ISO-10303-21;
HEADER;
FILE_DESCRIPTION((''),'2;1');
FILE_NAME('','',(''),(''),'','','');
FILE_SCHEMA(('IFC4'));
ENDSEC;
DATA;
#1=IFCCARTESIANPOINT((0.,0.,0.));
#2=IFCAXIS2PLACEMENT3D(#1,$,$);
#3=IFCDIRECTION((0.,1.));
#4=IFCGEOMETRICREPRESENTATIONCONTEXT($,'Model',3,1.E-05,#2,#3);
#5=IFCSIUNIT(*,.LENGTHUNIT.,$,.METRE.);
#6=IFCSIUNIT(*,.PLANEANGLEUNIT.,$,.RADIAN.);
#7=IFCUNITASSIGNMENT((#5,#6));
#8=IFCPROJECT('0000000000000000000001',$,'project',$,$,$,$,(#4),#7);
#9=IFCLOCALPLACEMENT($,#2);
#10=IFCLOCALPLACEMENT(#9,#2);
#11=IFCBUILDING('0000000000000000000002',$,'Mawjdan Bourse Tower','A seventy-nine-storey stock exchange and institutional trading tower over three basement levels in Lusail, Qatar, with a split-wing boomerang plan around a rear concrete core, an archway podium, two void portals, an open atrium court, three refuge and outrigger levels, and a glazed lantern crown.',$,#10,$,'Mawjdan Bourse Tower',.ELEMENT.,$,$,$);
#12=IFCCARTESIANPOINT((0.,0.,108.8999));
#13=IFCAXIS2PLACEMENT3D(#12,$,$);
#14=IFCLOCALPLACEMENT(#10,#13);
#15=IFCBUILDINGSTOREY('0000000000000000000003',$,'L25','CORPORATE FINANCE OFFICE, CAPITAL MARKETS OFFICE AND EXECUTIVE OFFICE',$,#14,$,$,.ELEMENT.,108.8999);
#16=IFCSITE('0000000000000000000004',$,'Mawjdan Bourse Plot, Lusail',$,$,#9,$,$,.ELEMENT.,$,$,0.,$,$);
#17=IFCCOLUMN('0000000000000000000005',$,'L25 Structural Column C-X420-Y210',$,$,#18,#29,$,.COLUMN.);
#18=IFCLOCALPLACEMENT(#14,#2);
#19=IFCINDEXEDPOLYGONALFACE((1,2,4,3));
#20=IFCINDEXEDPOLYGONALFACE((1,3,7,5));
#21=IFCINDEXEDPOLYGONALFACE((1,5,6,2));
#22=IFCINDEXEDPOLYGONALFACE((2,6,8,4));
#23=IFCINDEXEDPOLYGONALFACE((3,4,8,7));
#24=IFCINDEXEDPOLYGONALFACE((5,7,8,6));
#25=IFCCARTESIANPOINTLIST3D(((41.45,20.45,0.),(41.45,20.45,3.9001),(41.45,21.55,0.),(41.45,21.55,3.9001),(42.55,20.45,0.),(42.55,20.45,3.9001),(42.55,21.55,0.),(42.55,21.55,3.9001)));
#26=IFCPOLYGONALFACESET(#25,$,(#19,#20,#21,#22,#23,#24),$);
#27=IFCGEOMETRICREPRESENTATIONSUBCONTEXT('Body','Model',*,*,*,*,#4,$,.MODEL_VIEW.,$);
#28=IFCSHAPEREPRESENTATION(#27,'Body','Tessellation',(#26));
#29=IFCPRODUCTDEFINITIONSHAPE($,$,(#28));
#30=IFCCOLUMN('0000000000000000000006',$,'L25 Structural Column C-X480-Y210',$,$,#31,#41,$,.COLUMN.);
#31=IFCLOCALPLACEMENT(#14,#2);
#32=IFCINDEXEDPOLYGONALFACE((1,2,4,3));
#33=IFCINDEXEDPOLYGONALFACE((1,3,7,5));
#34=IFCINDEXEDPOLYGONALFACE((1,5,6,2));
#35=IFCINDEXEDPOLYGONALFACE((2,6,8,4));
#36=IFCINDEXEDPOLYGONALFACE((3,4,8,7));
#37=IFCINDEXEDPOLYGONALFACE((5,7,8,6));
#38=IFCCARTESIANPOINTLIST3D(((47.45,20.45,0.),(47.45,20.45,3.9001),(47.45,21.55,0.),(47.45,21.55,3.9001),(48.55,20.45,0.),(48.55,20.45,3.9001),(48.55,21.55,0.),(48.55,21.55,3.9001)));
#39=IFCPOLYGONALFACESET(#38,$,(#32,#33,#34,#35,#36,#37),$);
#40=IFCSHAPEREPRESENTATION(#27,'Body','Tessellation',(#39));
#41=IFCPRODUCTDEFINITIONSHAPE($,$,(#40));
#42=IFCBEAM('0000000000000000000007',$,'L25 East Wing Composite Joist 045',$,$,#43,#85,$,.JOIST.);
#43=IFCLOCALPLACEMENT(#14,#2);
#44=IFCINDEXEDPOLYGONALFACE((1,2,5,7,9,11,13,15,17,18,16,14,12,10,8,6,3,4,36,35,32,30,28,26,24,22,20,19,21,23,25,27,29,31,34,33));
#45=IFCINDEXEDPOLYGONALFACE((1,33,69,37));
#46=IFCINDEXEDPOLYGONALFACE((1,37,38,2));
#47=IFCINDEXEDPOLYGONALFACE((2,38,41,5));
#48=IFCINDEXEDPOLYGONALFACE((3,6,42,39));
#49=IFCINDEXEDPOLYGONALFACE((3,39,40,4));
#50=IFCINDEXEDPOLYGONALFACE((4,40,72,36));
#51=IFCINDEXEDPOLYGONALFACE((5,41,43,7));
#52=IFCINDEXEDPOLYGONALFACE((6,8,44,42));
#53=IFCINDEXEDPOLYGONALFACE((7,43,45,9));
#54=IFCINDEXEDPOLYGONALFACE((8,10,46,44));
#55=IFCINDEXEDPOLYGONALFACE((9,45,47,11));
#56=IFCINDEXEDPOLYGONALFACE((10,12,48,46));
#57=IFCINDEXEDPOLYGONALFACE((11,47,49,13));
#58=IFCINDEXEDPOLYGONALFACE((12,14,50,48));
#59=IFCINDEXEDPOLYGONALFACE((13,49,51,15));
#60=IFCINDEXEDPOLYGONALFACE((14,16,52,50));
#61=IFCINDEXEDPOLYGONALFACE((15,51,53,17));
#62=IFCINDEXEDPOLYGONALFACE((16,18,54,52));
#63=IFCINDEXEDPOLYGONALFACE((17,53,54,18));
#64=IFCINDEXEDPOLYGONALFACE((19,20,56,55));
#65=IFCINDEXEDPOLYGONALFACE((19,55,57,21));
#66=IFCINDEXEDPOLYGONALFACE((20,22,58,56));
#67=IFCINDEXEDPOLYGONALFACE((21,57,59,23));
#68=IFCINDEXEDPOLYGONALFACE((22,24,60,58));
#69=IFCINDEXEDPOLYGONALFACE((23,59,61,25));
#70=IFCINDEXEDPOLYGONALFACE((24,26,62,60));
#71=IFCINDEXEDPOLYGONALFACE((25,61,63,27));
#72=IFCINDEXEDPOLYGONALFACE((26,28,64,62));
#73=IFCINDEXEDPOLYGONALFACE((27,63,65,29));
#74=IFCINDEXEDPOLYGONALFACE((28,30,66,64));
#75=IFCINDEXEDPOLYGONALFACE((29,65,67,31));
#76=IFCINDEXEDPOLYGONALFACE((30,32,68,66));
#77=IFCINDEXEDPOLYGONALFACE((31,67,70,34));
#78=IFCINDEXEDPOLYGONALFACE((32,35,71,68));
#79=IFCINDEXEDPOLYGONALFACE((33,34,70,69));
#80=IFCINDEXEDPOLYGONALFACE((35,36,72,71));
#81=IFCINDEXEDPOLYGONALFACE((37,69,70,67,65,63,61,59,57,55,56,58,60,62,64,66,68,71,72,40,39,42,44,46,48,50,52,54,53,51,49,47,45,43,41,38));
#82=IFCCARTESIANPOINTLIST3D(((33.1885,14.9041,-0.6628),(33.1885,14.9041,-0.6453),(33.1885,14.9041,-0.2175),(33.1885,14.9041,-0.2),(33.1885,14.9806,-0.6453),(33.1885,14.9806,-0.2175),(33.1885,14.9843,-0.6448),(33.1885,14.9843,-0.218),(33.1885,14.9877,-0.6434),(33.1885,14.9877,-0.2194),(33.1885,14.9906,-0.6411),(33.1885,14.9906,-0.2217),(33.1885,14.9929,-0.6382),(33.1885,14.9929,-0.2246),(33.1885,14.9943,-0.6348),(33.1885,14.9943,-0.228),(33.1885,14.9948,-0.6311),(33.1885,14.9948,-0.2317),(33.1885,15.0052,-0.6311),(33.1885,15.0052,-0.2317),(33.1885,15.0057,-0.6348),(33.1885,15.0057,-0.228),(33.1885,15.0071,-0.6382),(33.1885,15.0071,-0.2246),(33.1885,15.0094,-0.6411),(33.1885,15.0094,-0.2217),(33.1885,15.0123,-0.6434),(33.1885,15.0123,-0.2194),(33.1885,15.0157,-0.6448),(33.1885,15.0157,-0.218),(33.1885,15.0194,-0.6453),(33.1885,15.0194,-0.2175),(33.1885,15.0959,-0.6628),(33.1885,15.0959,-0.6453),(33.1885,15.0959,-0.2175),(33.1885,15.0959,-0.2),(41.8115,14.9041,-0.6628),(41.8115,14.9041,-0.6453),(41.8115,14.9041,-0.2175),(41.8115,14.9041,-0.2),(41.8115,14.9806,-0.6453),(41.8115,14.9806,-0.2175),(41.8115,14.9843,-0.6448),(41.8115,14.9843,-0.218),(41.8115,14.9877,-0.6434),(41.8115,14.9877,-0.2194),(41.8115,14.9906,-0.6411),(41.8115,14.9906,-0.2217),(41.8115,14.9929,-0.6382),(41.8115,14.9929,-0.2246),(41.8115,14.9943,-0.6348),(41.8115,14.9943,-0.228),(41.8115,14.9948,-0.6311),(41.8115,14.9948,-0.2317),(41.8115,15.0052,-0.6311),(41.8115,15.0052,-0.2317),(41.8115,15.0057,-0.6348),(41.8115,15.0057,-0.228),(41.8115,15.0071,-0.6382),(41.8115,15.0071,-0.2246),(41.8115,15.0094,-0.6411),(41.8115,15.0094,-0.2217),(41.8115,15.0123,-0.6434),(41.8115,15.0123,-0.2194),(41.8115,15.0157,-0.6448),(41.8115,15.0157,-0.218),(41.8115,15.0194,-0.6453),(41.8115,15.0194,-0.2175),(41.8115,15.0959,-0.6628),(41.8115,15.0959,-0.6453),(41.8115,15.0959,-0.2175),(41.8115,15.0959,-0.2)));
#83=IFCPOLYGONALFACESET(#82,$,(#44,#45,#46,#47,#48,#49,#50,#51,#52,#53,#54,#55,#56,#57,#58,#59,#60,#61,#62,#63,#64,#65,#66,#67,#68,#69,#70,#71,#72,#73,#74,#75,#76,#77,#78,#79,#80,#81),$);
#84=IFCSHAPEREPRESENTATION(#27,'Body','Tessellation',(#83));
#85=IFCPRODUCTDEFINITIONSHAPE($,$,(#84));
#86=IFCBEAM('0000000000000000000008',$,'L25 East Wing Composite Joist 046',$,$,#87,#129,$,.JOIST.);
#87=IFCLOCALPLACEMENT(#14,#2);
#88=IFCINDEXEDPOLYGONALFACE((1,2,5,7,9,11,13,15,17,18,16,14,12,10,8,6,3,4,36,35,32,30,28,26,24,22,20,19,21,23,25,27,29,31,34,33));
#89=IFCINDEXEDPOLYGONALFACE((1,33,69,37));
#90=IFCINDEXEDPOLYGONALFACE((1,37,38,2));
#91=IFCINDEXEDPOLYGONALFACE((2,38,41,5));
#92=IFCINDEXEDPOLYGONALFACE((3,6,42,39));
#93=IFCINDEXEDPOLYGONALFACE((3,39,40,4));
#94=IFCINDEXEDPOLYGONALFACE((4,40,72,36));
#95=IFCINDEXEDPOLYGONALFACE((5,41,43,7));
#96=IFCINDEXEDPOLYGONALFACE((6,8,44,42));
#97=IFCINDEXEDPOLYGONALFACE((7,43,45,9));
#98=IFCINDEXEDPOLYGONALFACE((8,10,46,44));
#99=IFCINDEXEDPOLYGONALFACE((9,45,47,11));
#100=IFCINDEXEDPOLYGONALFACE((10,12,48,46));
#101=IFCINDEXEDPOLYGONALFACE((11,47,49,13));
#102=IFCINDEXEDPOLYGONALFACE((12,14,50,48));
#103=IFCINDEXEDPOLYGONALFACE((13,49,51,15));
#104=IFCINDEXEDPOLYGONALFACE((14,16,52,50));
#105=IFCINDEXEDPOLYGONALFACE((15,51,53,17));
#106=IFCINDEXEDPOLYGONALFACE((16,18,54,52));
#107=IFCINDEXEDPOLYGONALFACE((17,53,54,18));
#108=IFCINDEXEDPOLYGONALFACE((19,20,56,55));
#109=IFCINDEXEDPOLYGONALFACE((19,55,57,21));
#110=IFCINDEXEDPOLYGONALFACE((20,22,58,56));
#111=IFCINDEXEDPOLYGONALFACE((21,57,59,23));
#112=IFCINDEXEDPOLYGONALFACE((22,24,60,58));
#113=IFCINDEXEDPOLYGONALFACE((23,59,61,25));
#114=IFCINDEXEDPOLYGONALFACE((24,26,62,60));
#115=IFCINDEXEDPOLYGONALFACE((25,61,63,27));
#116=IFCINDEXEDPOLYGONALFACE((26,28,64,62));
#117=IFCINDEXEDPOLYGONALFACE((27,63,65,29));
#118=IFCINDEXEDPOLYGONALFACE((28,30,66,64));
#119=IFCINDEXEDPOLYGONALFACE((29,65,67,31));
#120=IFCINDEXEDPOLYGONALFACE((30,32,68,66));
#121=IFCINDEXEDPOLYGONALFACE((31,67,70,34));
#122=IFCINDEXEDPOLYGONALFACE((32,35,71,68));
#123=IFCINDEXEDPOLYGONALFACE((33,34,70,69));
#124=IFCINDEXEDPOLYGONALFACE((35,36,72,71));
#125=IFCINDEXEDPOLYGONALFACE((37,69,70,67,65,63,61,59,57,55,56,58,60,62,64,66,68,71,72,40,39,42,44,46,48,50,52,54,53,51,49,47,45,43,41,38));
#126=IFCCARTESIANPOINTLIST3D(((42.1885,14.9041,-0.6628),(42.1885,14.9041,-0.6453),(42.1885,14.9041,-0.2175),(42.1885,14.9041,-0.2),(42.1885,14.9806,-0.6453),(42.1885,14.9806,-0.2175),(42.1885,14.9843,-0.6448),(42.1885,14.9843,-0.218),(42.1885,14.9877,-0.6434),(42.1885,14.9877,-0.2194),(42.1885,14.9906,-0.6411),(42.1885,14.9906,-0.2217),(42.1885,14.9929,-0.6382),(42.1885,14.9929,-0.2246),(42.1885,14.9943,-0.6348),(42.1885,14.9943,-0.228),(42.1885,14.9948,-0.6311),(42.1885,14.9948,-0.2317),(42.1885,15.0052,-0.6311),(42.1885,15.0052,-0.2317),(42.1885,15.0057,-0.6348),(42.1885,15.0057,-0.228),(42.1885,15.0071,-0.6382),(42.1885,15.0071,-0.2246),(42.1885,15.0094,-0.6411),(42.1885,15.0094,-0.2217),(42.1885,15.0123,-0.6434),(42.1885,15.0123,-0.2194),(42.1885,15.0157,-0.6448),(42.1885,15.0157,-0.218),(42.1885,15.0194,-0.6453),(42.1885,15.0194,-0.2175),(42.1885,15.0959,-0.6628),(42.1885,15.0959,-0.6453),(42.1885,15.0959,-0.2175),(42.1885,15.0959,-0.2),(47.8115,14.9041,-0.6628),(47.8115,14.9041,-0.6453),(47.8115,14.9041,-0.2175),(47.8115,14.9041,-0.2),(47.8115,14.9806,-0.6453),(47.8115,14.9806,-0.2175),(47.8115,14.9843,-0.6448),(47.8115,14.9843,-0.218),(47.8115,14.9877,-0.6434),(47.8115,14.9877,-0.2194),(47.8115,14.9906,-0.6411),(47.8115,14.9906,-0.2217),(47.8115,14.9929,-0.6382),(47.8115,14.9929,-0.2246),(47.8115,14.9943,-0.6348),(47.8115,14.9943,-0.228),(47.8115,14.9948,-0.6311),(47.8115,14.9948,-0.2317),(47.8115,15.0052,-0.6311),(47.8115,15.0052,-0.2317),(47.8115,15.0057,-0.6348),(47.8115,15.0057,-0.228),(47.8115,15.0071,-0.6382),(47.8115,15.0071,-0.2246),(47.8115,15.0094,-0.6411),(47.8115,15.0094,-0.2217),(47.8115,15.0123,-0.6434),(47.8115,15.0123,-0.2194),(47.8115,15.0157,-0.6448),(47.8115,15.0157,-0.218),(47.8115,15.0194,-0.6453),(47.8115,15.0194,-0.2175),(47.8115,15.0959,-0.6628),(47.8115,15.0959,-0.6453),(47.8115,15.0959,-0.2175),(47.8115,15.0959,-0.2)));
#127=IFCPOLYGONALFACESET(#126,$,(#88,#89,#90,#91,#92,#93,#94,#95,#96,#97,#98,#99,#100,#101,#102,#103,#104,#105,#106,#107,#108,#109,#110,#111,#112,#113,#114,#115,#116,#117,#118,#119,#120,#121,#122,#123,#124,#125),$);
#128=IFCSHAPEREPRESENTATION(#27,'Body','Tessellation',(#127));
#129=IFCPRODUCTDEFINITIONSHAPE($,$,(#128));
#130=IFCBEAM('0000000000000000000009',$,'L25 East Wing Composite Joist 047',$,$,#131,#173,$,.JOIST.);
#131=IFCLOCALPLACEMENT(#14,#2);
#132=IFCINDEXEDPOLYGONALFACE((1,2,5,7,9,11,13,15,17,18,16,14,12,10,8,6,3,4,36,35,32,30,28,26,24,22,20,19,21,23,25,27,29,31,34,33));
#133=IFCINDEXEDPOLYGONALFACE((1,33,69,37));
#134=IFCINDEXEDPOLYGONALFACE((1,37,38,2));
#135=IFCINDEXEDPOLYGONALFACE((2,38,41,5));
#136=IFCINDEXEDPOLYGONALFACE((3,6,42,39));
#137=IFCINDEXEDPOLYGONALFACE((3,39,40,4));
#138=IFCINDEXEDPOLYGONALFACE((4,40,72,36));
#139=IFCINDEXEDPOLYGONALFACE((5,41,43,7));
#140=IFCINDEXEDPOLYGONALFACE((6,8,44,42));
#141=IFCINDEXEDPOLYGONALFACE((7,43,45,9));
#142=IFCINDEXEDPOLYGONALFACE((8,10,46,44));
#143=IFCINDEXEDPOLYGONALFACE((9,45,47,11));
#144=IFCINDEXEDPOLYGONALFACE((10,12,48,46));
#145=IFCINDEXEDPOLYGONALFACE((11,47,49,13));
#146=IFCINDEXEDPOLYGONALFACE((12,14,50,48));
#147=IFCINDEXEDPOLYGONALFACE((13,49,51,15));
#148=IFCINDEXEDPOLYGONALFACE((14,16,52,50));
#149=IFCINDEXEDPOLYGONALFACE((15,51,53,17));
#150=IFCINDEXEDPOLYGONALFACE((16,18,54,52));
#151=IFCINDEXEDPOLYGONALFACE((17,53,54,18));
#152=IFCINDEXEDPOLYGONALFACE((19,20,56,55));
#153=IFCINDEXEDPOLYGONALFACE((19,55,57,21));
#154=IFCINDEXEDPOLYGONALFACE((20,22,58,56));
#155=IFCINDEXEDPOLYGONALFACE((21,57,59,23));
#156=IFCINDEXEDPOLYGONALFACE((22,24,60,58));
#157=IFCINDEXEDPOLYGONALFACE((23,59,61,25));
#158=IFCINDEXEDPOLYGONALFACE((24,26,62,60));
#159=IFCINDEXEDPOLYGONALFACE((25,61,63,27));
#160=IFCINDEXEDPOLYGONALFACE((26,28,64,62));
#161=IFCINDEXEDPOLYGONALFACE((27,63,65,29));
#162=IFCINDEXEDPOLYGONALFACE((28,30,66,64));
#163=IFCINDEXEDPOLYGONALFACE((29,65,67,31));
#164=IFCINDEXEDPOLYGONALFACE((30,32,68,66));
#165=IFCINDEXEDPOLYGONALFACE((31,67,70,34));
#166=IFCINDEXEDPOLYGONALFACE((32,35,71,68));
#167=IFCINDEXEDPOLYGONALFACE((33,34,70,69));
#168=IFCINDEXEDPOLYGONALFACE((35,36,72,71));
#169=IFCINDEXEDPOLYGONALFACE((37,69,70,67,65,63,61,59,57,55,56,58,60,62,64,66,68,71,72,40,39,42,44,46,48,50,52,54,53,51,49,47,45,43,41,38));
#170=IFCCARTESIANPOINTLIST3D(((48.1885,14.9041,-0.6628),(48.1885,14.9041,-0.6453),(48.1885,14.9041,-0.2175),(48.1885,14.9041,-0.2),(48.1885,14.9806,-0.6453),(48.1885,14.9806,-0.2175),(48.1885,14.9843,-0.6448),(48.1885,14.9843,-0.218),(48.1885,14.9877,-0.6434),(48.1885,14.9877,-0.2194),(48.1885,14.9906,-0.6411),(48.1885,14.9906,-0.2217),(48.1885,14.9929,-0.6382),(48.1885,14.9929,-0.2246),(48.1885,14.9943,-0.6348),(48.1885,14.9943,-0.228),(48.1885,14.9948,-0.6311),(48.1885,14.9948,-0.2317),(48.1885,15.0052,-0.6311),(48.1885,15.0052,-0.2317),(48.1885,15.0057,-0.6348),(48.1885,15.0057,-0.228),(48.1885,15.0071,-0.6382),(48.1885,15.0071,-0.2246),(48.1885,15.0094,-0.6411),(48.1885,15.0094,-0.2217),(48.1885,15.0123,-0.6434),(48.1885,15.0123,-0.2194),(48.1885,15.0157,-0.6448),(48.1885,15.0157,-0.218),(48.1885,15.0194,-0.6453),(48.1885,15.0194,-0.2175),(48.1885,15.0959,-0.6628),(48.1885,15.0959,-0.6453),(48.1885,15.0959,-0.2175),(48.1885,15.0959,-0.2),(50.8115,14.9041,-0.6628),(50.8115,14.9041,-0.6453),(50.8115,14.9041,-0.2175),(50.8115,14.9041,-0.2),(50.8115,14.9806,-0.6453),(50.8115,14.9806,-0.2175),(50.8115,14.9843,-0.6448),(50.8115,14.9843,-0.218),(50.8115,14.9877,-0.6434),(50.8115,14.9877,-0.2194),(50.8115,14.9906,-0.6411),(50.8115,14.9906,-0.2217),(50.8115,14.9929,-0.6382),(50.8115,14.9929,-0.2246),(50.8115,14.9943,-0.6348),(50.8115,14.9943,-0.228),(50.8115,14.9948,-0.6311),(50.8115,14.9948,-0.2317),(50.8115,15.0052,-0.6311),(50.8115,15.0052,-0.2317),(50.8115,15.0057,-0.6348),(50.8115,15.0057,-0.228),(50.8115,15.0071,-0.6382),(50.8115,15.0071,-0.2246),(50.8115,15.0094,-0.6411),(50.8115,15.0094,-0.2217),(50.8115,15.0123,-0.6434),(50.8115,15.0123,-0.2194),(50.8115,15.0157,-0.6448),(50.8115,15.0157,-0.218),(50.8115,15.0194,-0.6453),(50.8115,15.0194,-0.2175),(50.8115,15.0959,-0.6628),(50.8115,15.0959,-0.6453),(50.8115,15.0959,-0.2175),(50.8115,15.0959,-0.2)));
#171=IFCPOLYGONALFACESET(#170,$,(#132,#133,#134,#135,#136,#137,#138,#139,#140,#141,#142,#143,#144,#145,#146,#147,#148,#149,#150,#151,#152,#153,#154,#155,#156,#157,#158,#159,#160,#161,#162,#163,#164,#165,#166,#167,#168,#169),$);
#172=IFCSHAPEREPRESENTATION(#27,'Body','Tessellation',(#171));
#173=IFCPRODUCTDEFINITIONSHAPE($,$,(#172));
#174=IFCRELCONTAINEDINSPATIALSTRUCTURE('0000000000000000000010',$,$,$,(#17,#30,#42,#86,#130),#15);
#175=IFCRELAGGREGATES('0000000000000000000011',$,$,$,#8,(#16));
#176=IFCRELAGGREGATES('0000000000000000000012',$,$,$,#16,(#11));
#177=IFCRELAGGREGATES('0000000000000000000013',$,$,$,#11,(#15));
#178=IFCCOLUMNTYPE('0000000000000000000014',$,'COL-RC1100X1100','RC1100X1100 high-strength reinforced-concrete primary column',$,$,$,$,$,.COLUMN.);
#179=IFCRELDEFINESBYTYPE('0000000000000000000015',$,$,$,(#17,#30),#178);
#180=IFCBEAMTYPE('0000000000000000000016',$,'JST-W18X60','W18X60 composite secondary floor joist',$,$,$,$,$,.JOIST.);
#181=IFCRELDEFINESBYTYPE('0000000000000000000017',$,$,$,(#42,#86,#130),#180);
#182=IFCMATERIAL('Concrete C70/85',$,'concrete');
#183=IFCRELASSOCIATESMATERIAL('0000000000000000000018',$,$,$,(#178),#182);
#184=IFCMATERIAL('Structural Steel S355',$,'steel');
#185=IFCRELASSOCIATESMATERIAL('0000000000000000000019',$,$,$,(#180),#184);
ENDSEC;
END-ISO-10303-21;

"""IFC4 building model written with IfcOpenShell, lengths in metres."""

from ifc_helpers import new_model, si_unit, direction, frame, origin, origin_2d, place, context, subcontext, project, spatial, rectangle, i_section, extrude, material, material_profile, profile_set, type_object, element, save


model = new_model("IFC4")

# Units and contexts
model_context = context("Model", 3, precision=1e-05, world=origin(), true_north=direction((0.0, 1.0)))
body_context = subcontext(model_context, "Body", "Model", "MODEL_VIEW")
ifc_project = project(units=[si_unit("LENGTHUNIT", "METRE"), si_unit("PLANEANGLEUNIT", "RADIAN")], contexts=[model_context])

# Site, building, storey
site_placement = place(None, origin())
site = spatial("IfcSite", under=ifc_project, at=site_placement, Name="Mawjdan Bourse Plot, Lusail", CompositionType="ELEMENT", RefElevation=0.0)
building_placement = place(site_placement, origin())
building = spatial("IfcBuilding", under=site, at=building_placement, Name="Mawjdan Bourse Tower", Description="A seventy-nine-storey stock exchange and institutional trading tower over three basement levels in Lusail, Qatar, with a split-wing boomerang plan around a rear concrete core, an archway podium, two void portals, an open atrium court, three refuge and outrigger levels, and a glazed lantern crown.", LongName="Mawjdan Bourse Tower", CompositionType="ELEMENT")
storey_placement = place(building_placement, frame((0.0, 0.0, 108.8999)))
storey = spatial("IfcBuildingStorey", under=building, at=storey_placement, Name="L25", Description="CORPORATE FINANCE OFFICE, CAPITAL MARKETS OFFICE AND EXECUTIVE OFFICE", CompositionType="ELEMENT", Elevation=108.8999)

# Columns
ifc_material_1 = material(Name="Concrete C70/85", Category="concrete")
ifc_material_profile_1 = material_profile(ifc_material_1, rectangle(XDim=1.1001, YDim=1.1001, at=origin_2d()), Name="RC1100X1100")
ifc_profile_set_1 = profile_set([ifc_material_profile_1], Name="Concrete C70/85")
column_type = type_object("IfcColumnType", Name="COL-RC1100X1100", Description="RC1100X1100 high-strength reinforced-concrete primary column", PredefinedType="COLUMN", material=ifc_profile_set_1)
for number, where, z_axis, x_axis, name in (
    (1, (42.0, 21.0, 0.0), (0.0, 0.0, 1.0), (1.0, 0.0, 0.0), "L25 Structural Column C-X420-Y210"),
    (2, (48.0, 21.0, 0.0), (0.0, 0.0, 1.0), (1.0, 0.0, 0.0), "L25 Structural Column C-X480-Y210"),
):
    element("IfcColumn", number, at=place(storey_placement, frame(where, z_axis=z_axis, x_axis=x_axis)), inside=storey, type_object=column_type, Name=name, PredefinedType="COLUMN", context=body_context, shape_type="SweptSolid", body=[
        extrude(rectangle(XDim=1.1001, YDim=1.1001, at=origin_2d()), origin(), (0.0, 0.0, 1.0), 3.9001),
    ])

# Beams
ifc_material_2 = material(Name="Structural Steel S355", Category="steel")
ifc_material_profile_2 = material_profile(ifc_material_2, i_section(OverallWidth=0.1919, OverallDepth=0.4629, WebThickness=0.0105, FlangeThickness=0.0176, FilletRadius=0.0142, at=origin_2d()), Name="W18X60")
ifc_profile_set_2 = profile_set([ifc_material_profile_2], Name="Structural Steel S355")
beam_type_1 = type_object("IfcBeamType", Name="JST-W18X60", Description="W18X60 composite secondary floor joist", PredefinedType="JOIST", material=ifc_profile_set_2)
beam_1_placement = place(storey_placement, frame((33.1885, 15.0, -0.4314), z_axis=(1.0, 0.0, 0.0), x_axis=(0.0, 1.0, 0.0)))
element("IfcBeam", 3, at=beam_1_placement, inside=storey, type_object=beam_type_1, Name="L25 East Wing Composite Joist 045", PredefinedType="JOIST", context=body_context, shape_type="SweptSolid", body=[
    extrude(i_section(OverallWidth=0.1919, OverallDepth=0.4629, WebThickness=0.0105, FlangeThickness=0.0176, FilletRadius=0.0142, at=origin_2d()), origin(), (0.0, 0.0, 1.0), 8.623),
])
beam_2_placement = place(storey_placement, frame((42.1885, 15.0, -0.4314), z_axis=(1.0, 0.0, 0.0), x_axis=(0.0, 1.0, 0.0)))
element("IfcBeam", 4, at=beam_2_placement, inside=storey, type_object=beam_type_1, Name="L25 East Wing Composite Joist 046", PredefinedType="JOIST", context=body_context, shape_type="SweptSolid", body=[
    extrude(i_section(OverallWidth=0.1919, OverallDepth=0.4629, WebThickness=0.0105, FlangeThickness=0.0176, FilletRadius=0.0142, at=origin_2d()), origin(), (0.0, 0.0, 1.0), 5.623),
])
beam_3_placement = place(storey_placement, frame((48.1885, 15.0, -0.4314), z_axis=(1.0, 0.0, 0.0), x_axis=(0.0, 1.0, 0.0)))
element("IfcBeam", 5, at=beam_3_placement, inside=storey, type_object=beam_type_1, Name="L25 East Wing Composite Joist 047", PredefinedType="JOIST", context=body_context, shape_type="SweptSolid", body=[
    extrude(i_section(OverallWidth=0.1919, OverallDepth=0.4629, WebThickness=0.0105, FlangeThickness=0.0176, FilletRadius=0.0142, at=origin_2d()), origin(), (0.0, 0.0, 1.0), 2.623),
])

save(model, "model.ifc")
